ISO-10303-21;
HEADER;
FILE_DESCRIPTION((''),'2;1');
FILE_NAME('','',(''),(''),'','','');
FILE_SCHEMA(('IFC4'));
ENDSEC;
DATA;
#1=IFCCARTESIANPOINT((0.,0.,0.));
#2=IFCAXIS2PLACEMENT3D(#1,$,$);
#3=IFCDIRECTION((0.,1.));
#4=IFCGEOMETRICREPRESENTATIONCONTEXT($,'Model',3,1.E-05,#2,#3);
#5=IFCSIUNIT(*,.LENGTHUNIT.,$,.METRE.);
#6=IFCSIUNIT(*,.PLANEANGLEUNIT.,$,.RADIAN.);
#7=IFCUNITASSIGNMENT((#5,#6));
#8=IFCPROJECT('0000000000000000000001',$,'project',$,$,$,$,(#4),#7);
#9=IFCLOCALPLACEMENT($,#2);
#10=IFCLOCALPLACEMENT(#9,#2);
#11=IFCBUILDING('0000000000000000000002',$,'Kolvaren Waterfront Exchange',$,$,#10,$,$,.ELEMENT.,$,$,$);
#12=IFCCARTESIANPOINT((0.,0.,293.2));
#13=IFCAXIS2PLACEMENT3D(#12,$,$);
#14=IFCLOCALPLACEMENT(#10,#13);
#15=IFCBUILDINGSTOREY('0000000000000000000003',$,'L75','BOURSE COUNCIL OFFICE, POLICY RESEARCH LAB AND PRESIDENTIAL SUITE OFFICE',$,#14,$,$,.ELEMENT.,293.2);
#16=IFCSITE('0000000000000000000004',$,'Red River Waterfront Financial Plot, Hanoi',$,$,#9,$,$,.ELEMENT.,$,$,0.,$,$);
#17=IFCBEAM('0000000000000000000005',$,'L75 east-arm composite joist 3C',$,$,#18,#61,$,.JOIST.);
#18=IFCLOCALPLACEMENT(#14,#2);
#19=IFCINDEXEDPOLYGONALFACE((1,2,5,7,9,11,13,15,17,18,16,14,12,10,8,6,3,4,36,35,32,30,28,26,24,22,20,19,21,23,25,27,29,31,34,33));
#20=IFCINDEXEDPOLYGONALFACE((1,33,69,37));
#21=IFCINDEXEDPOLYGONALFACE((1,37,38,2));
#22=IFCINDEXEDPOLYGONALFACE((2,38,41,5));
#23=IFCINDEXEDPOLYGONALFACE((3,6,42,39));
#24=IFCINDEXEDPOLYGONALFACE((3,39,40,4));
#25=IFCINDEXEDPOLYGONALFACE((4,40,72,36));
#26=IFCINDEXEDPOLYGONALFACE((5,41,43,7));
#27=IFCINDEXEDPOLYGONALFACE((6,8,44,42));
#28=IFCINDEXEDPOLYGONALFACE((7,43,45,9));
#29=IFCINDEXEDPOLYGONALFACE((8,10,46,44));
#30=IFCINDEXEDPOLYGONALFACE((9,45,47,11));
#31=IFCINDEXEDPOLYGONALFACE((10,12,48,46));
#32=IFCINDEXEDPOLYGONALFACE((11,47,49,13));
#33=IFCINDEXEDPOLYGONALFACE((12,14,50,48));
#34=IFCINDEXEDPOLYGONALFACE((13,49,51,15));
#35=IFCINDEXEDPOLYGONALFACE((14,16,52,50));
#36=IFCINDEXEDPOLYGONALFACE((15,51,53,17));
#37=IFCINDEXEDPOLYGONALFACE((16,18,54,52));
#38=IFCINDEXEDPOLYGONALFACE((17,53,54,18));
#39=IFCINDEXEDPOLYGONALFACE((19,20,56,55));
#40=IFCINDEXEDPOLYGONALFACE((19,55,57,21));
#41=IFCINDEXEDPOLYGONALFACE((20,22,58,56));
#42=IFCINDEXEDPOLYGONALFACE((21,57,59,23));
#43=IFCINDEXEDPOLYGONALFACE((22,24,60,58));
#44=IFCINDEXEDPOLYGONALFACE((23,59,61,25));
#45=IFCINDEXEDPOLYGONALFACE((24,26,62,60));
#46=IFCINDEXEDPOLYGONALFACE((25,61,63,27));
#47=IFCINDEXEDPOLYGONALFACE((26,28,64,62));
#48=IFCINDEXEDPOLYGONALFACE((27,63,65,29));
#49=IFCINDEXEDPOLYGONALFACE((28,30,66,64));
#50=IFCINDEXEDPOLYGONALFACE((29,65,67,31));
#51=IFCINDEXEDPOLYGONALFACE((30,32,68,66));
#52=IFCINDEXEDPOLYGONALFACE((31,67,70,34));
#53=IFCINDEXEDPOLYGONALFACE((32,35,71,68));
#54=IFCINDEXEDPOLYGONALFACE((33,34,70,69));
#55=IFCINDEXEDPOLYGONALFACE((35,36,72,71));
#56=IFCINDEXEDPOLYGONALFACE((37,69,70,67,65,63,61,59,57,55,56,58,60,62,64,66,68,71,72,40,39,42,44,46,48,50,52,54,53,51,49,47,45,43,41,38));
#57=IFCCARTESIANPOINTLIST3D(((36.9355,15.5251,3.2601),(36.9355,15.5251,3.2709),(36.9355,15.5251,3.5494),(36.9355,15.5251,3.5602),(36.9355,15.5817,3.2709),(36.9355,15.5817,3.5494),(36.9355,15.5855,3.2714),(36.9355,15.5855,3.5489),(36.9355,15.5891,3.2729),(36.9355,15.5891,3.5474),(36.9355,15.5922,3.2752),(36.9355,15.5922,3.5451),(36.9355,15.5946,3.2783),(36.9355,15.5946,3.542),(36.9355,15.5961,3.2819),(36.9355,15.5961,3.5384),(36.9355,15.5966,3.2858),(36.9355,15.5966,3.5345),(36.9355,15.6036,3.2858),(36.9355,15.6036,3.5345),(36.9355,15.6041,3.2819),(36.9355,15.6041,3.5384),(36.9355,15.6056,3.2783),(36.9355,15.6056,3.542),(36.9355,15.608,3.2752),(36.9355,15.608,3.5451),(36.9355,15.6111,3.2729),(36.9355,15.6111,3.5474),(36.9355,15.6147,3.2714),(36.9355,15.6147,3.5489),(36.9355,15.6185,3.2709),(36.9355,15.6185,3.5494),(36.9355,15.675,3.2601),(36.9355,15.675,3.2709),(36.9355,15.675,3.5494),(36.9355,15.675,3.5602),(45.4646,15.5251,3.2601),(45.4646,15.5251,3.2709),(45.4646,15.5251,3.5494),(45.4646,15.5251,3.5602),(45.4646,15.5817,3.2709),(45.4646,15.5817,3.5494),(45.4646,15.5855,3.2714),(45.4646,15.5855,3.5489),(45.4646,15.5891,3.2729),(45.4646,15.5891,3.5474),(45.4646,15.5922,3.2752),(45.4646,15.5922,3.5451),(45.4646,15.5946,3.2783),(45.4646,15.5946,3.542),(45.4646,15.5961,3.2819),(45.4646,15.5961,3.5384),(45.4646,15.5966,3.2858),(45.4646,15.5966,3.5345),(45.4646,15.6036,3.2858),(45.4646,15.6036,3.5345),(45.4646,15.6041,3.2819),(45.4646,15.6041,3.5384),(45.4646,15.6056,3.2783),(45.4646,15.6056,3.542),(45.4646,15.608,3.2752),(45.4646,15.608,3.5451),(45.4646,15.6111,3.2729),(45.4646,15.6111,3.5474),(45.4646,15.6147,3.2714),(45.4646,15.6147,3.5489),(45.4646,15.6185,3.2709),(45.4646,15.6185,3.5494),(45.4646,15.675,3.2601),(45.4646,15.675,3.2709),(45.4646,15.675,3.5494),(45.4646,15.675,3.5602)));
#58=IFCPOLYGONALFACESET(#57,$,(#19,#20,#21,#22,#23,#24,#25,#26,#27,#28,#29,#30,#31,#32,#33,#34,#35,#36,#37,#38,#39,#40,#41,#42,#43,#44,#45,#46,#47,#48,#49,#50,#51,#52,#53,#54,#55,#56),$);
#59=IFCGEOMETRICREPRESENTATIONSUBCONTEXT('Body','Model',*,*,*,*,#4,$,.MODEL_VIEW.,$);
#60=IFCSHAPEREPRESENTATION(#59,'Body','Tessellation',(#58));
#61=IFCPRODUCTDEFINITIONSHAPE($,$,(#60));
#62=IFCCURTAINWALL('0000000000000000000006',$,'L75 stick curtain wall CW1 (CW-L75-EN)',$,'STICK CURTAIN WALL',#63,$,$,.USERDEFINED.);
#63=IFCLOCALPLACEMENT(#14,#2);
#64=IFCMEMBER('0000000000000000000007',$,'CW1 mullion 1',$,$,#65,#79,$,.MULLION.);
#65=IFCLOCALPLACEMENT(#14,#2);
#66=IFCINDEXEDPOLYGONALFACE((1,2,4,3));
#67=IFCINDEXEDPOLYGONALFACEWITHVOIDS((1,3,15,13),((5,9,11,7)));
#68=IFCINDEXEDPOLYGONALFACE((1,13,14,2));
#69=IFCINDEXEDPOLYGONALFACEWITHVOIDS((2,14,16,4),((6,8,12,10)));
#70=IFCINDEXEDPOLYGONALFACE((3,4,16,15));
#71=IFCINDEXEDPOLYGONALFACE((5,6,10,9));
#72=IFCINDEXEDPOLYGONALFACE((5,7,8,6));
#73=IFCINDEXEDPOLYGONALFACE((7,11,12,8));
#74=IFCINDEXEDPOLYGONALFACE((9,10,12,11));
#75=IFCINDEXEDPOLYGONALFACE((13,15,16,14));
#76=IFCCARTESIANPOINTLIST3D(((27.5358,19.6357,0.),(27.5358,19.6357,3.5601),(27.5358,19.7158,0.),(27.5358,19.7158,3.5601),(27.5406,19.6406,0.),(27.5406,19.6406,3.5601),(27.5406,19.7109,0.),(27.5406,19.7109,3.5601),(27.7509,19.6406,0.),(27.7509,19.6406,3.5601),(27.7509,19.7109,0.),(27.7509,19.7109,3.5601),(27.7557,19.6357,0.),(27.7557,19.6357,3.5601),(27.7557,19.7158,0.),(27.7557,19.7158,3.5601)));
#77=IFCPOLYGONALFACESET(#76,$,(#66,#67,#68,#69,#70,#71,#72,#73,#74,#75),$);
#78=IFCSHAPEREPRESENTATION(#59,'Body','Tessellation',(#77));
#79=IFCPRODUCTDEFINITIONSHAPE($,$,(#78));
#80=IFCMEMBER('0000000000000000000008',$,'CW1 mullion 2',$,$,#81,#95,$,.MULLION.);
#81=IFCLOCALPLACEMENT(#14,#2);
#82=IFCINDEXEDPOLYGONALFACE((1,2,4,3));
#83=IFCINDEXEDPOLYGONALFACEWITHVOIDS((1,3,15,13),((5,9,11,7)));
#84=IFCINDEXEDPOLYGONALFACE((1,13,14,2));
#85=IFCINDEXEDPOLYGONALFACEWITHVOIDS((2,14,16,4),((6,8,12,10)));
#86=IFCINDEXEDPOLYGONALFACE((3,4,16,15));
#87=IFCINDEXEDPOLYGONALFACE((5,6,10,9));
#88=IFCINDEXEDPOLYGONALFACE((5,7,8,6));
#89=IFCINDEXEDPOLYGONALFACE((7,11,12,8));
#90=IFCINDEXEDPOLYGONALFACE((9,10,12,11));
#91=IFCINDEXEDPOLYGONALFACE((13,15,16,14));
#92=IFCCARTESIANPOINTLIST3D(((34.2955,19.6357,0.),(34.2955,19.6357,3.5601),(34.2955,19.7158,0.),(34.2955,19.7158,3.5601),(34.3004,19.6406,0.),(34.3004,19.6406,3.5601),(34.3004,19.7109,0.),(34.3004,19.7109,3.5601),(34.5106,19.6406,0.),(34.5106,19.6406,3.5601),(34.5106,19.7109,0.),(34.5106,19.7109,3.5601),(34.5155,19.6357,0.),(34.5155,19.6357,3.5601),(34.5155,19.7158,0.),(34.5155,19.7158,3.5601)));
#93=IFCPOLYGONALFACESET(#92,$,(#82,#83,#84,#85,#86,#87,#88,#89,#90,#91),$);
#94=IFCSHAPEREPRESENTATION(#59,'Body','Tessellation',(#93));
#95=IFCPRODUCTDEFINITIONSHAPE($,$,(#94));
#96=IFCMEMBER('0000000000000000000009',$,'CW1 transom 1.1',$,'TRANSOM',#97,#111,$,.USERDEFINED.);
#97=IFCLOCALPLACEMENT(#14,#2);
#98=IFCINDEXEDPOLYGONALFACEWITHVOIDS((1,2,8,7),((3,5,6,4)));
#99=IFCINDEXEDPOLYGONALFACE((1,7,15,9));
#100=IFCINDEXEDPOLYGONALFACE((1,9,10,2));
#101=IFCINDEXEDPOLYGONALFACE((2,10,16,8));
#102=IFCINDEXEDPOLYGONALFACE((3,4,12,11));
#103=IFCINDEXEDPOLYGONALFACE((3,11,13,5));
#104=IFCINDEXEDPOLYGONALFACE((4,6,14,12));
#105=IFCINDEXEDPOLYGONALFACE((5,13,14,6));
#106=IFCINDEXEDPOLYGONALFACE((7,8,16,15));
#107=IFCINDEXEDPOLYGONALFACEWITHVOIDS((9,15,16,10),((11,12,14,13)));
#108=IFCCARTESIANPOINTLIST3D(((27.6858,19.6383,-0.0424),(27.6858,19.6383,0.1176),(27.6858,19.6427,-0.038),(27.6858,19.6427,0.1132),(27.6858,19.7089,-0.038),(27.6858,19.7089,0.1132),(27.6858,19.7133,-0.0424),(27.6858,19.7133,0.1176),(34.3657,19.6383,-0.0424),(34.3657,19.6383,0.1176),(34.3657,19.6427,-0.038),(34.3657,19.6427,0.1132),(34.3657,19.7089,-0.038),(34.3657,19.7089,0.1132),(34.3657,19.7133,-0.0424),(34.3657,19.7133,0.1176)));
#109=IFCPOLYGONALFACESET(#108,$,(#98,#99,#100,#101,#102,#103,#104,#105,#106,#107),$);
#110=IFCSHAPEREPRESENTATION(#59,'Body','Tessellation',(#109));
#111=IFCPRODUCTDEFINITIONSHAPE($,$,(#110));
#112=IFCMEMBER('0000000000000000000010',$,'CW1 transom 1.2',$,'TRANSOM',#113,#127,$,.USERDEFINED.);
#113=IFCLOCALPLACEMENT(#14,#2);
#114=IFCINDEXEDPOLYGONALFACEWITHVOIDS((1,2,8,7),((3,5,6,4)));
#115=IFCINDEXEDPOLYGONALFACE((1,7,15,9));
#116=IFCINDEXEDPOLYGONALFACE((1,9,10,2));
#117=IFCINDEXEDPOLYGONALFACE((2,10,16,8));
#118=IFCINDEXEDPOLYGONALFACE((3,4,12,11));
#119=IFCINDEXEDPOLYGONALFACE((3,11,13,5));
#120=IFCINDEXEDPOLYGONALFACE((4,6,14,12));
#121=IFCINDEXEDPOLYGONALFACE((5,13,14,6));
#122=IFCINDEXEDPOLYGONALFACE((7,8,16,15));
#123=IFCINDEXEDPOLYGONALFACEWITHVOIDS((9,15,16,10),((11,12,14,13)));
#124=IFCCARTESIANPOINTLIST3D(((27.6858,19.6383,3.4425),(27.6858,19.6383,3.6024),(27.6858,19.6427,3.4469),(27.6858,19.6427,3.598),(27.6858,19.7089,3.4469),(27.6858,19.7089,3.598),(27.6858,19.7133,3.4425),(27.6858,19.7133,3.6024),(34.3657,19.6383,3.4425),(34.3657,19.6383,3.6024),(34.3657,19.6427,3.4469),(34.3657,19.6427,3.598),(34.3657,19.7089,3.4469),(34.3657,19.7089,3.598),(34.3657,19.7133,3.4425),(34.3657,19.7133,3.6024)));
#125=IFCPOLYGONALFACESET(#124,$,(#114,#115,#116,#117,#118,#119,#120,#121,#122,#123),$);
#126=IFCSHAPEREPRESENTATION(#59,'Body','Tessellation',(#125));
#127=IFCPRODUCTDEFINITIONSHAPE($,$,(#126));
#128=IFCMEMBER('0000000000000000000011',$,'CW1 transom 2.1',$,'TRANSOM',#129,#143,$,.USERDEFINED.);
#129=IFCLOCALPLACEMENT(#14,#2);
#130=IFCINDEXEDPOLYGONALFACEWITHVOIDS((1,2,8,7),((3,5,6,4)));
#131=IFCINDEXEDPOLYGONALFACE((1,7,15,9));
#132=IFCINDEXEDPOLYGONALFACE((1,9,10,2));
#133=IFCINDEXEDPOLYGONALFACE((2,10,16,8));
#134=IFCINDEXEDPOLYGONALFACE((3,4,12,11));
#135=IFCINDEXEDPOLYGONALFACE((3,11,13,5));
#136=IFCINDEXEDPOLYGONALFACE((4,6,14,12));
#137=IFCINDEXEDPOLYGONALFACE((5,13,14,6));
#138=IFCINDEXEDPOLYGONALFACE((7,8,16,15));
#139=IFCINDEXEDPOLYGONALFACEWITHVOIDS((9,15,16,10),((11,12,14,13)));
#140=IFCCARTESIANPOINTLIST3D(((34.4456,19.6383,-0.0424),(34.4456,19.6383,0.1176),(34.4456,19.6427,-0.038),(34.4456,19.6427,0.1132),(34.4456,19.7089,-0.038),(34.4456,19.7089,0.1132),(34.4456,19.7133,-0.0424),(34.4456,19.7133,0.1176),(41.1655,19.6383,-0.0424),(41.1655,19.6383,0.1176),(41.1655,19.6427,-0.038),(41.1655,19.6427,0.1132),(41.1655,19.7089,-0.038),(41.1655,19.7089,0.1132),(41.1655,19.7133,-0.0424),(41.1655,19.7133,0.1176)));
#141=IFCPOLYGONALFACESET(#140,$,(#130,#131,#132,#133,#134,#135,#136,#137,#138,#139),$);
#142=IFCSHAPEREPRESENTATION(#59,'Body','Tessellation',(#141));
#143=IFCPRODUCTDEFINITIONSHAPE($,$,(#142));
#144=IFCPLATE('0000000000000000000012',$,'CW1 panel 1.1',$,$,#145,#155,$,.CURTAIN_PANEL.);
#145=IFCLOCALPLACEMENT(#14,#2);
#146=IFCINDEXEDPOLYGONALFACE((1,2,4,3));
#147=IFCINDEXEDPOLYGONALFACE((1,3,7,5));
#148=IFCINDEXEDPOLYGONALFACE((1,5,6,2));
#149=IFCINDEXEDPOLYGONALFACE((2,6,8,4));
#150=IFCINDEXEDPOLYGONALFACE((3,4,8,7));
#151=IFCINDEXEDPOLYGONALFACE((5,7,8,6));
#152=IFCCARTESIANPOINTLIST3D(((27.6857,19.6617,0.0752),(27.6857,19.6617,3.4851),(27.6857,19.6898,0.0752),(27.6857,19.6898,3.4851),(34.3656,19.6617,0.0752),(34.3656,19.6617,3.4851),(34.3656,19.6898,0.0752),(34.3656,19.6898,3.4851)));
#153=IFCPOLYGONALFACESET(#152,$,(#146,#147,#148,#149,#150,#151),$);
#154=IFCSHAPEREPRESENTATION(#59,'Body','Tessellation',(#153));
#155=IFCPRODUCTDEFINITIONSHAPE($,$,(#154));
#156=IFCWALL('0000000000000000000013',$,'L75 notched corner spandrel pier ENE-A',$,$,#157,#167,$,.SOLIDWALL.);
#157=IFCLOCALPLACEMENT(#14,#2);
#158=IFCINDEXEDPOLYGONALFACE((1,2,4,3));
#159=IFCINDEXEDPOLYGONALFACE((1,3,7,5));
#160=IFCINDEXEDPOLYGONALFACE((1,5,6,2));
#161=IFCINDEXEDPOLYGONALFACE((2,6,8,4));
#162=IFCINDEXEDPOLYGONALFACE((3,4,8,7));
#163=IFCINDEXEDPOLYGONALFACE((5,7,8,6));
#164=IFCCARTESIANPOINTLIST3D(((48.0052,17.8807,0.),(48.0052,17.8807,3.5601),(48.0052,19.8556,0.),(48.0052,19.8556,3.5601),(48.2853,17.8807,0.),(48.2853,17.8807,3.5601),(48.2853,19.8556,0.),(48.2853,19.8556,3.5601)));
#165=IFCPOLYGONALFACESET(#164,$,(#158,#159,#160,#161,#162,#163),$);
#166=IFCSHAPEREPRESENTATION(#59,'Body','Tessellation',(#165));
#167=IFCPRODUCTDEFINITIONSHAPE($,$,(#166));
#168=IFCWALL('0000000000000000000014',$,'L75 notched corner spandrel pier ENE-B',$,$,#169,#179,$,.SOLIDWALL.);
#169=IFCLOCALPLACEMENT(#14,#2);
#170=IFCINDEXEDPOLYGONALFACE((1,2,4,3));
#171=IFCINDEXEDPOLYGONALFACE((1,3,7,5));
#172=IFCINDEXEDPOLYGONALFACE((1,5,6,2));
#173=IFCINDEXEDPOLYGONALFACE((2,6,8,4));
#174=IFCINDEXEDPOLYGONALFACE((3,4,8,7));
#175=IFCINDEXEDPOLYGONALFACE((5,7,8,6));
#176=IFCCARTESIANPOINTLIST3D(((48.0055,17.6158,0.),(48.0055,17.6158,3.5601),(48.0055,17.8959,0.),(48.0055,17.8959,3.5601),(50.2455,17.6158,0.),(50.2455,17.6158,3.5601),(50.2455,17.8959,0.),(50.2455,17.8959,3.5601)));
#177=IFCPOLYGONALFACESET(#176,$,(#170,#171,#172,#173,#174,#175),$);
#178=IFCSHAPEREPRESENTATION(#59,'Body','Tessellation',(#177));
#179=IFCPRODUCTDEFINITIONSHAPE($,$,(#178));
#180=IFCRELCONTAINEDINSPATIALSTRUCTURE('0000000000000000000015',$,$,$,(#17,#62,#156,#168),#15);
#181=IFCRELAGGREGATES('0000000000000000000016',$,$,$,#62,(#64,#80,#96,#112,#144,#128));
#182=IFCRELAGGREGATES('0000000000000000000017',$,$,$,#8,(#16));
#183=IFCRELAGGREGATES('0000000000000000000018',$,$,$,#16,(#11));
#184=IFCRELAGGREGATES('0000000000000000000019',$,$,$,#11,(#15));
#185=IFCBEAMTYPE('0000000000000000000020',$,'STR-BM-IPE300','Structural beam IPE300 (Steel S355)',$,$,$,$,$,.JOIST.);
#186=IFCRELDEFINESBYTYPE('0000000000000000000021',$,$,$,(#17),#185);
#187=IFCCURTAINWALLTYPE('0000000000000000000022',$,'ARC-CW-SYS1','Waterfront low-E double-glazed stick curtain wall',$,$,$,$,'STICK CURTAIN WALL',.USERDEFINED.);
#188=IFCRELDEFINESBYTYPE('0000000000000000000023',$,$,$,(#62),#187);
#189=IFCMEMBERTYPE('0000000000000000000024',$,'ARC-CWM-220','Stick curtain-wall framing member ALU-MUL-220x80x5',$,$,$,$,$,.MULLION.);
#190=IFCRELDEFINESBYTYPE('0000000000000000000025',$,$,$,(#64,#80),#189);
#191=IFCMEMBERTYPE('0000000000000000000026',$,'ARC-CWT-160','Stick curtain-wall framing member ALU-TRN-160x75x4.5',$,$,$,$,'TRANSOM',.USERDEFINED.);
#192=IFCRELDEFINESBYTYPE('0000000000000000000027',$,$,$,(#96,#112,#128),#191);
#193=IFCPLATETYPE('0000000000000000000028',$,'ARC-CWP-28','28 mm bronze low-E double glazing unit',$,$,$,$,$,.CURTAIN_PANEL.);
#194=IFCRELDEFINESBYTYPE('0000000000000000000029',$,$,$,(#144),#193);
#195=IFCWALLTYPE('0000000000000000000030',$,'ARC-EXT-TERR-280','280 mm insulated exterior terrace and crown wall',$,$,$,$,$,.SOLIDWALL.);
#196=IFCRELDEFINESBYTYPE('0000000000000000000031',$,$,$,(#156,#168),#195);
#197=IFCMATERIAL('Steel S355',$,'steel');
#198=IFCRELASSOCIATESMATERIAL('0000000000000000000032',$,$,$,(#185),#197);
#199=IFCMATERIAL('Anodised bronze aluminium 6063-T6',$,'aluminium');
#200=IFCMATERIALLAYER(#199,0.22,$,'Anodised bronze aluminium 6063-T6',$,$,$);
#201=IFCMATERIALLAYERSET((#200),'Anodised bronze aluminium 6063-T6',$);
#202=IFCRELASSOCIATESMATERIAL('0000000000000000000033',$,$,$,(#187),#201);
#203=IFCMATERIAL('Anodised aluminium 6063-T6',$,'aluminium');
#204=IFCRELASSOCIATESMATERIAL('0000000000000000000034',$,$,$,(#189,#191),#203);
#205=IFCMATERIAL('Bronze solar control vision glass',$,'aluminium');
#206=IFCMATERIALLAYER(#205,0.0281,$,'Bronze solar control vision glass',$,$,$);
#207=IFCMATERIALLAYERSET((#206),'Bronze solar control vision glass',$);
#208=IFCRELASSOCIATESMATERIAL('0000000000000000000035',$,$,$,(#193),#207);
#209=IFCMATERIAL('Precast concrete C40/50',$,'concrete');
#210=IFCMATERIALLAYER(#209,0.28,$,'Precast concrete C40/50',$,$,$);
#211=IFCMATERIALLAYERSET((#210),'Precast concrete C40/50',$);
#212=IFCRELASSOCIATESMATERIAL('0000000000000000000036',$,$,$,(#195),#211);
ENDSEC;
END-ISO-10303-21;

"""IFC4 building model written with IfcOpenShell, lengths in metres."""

from ifc_helpers import new_model, si_unit, direction, frame, frame_2d, origin, origin_with_axes, origin_2d, place, context, subcontext, project, spatial, rectangle, hollow_rectangle, i_section, extrude, source, transform, mapped, material, layer, layer_set, material_profile, profile_set, type_object, element, aggregate, save


model = new_model("IFC4")

# Units and contexts
model_context = context("Model", 3, precision=1e-05, world=origin(), true_north=direction((0.0, 1.0)))
body_context = subcontext(model_context, "Body", "Model", "MODEL_VIEW")
ifc_project = project(units=[si_unit("LENGTHUNIT", "METRE"), si_unit("PLANEANGLEUNIT", "RADIAN")], contexts=[model_context])

# Site, building, storey
site_placement = place(None, origin())
site = spatial("IfcSite", under=ifc_project, at=site_placement, Name="Red River Waterfront Financial Plot, Hanoi", CompositionType="ELEMENT", RefElevation=0.0)
building_placement = place(site_placement, origin())
building = spatial("IfcBuilding", under=site, at=building_placement, Name="Kolvaren Waterfront Exchange", CompositionType="ELEMENT")
storey_placement = place(building_placement, frame((0.0, 0.0, 293.2)))
storey = spatial("IfcBuildingStorey", under=building, at=storey_placement, Name="L75", Description="BOURSE COUNCIL OFFICE, POLICY RESEARCH LAB AND PRESIDENTIAL SUITE OFFICE", CompositionType="ELEMENT", Elevation=293.2)

# Beam
ifc_material_1 = material(Name="Steel S355", Category="steel")
ifc_material_profile_1 = material_profile(ifc_material_1, i_section(OverallWidth=0.1499, OverallDepth=0.3, WebThickness=0.0071, FlangeThickness=0.0107, FilletRadius=0.0149, at=origin_2d()), Name="IPE300")
ifc_profile_set_1 = profile_set([ifc_material_profile_1], Name="Steel S355")
beam_type_1 = type_object("IfcBeamType", Name="STR-BM-IPE300", Description="Structural beam IPE300 (Steel S355)", PredefinedType="JOIST", material=ifc_profile_set_1)
for number, where, z_axis, x_axis, name in (
    (1, (36.9355, 15.6001, 3.4102), (1.0, 0.0, 0.0), (0.0, 1.0, 0.0), "L75 east-arm composite joist 3C"),
):
    element("IfcBeam", number, at=place(storey_placement, frame(where, z_axis=z_axis, x_axis=x_axis)), inside=storey, type_object=beam_type_1, Name=name, PredefinedType="JOIST", context=body_context, shape_type="SweptSolid", body=[
        extrude(i_section(OverallWidth=0.1499, OverallDepth=0.3, WebThickness=0.0071, FlangeThickness=0.0107, FilletRadius=0.0149, at=origin_2d()), origin(), (0.0, 0.0, 1.0), 8.5291),
    ])

# Curtain wall, members, plate
ifc_material_2 = material(Name="Anodised bronze aluminium 6063-T6", Category="aluminium")
ifc_layer_1 = layer(ifc_material_2, 0.22, Name="Anodised bronze aluminium 6063-T6")
ifc_layer_set_1 = layer_set([ifc_layer_1], Name="Anodised bronze aluminium 6063-T6")
curtain_wall_type = type_object("IfcCurtainWallType", Name="ARC-CW-SYS1", Description="Waterfront low-E double-glazed stick curtain wall", ElementType="STICK CURTAIN WALL", PredefinedType="USERDEFINED", material=ifc_layer_set_1)
curtain_wall_placement = place(storey_placement, origin())
curtain_wall = element("IfcCurtainWall", 2, at=curtain_wall_placement, inside=storey, type_object=curtain_wall_type, Name="L75 stick curtain wall CW1 (CW-L75-EN)", ObjectType="STICK CURTAIN WALL", PredefinedType="USERDEFINED")
ifc_material_3 = material(Name="Anodised aluminium 6063-T6", Category="aluminium")
ifc_material_profile_2 = material_profile(ifc_material_3, hollow_rectangle(XDim=0.0801, YDim=0.22, WallThickness=0.0049, at=origin_2d()), Name="ALU-MUL-220x80x5")
ifc_profile_set_2 = profile_set([ifc_material_profile_2], Name="Anodised aluminium 6063-T6")
member_type_1 = type_object("IfcMemberType", Name="ARC-CWM-220", Description="Stick curtain-wall framing member ALU-MUL-220x80x5", PredefinedType="MULLION", material=ifc_profile_set_2)
shared_shape_1 = source(origin_with_axes(), body_context, "Body", "SweptSolid", [
    extrude(hollow_rectangle(XDim=0.0801, YDim=0.22, WallThickness=0.0049, at=origin_2d()), origin(), (0.0, 0.0, 1.0), 3.5601),
])
member_1_placement = place(storey_placement, frame((27.6458, 19.6758, 0.0), z_axis=(0.0, 0.0, 1.0), x_axis=(0.0, 1.0, 0.0)))
member_1 = element("IfcMember", 3, at=member_1_placement, type_object=member_type_1, Name="CW1 mullion 1", PredefinedType="MULLION", context=body_context, shape_type="MappedRepresentation", body=[
    mapped(shared_shape_1, transform((0.0, 0.0, 0.0), x_axis=(1.0, 0.0, 0.0), y_axis=(0.0, 1.0, 0.0), z_axis=(0.0, 0.0, 1.0), scale=1.0)),
])
member_2_placement = place(storey_placement, frame((34.4055, 19.6758, 0.0), z_axis=(0.0, 0.0, 1.0), x_axis=(0.0, 1.0, 0.0)))
member_2 = element("IfcMember", 4, at=member_2_placement, type_object=member_type_1, Name="CW1 mullion 2", PredefinedType="MULLION", context=body_context, shape_type="MappedRepresentation", body=[
    mapped(shared_shape_1, transform((0.0, 0.0, 0.0), x_axis=(1.0, 0.0, 0.0), y_axis=(0.0, 1.0, 0.0), z_axis=(0.0, 0.0, 1.0), scale=1.0)),
])
ifc_material_profile_3 = material_profile(ifc_material_3, hollow_rectangle(XDim=0.075, YDim=0.1599, WallThickness=0.0044, at=origin_2d()), Name="ALU-TRN-160x75x4.5")
ifc_profile_set_3 = profile_set([ifc_material_profile_3], Name="Anodised aluminium 6063-T6")
member_type_2 = type_object("IfcMemberType", Name="ARC-CWT-160", Description="Stick curtain-wall framing member ALU-TRN-160x75x4.5", ElementType="TRANSOM", PredefinedType="USERDEFINED", material=ifc_profile_set_3)
shared_shape_2 = source(origin_with_axes(), body_context, "Body", "SweptSolid", [
    extrude(hollow_rectangle(XDim=0.075, YDim=0.1599, WallThickness=0.0044, at=origin_2d()), origin(), (0.0, 0.0, 1.0), 6.6799),
])
member_3_placement = place(storey_placement, frame((27.6858, 19.6758, 0.0376), z_axis=(1.0, 0.0, 0.0), x_axis=(0.0, 1.0, 0.0)))
member_3 = element("IfcMember", 5, at=member_3_placement, type_object=member_type_2, Name="CW1 transom 1.1", ObjectType="TRANSOM", PredefinedType="USERDEFINED", context=body_context, shape_type="MappedRepresentation", body=[
    mapped(shared_shape_2, transform((0.0, 0.0, 0.0), x_axis=(1.0, 0.0, 0.0), y_axis=(0.0, 1.0, 0.0), z_axis=(0.0, 0.0, 1.0), scale=1.0)),
])
member_4_placement = place(storey_placement, frame((27.6858, 19.6758, 3.5225), z_axis=(1.0, 0.0, 0.0), x_axis=(0.0, 1.0, 0.0)))
member_4 = element("IfcMember", 6, at=member_4_placement, type_object=member_type_2, Name="CW1 transom 1.2", ObjectType="TRANSOM", PredefinedType="USERDEFINED", context=body_context, shape_type="MappedRepresentation", body=[
    mapped(shared_shape_2, transform((0.0, 0.0, 0.0), x_axis=(1.0, 0.0, 0.0), y_axis=(0.0, 1.0, 0.0), z_axis=(0.0, 0.0, 1.0), scale=1.0)),
])
shared_shape_3 = source(origin_with_axes(), body_context, "Body", "SweptSolid", [
    extrude(hollow_rectangle(XDim=0.075, YDim=0.1599, WallThickness=0.0044, at=origin_2d()), origin(), (0.0, 0.0, 1.0), 6.72),
])
member_5_placement = place(storey_placement, frame((34.4456, 19.6758, 0.0376), z_axis=(1.0, 0.0, 0.0), x_axis=(0.0, 1.0, 0.0)))
member_5 = element("IfcMember", 7, at=member_5_placement, type_object=member_type_2, Name="CW1 transom 2.1", ObjectType="TRANSOM", PredefinedType="USERDEFINED", context=body_context, shape_type="MappedRepresentation", body=[
    mapped(shared_shape_3, transform((0.0, 0.0, 0.0), x_axis=(1.0, 0.0, 0.0), y_axis=(0.0, 1.0, 0.0), z_axis=(0.0, 0.0, 1.0), scale=1.0)),
])
ifc_material_4 = material(Name="Bronze solar control vision glass", Category="aluminium")
ifc_layer_2 = layer(ifc_material_4, 0.0281, Name="Bronze solar control vision glass")
ifc_layer_set_2 = layer_set([ifc_layer_2], Name="Bronze solar control vision glass")
plate_type = type_object("IfcPlateType", Name="ARC-CWP-28", Description="28 mm bronze low-E double glazing unit", PredefinedType="CURTAIN_PANEL", material=ifc_layer_set_2)
shared_shape_4 = source(origin_with_axes(), body_context, "Body", "SweptSolid", [
    extrude(rectangle(XDim=6.6799, YDim=0.0281, at=origin_2d()), origin(), (0.0, 0.0, 1.0), 3.4099),
])
plate_placement = place(storey_placement, frame((31.0256, 19.6758, 0.0752), z_axis=(0.0, 0.0, 1.0), x_axis=(1.0, 0.0, 0.0)))
plate = element("IfcPlate", 8, at=plate_placement, type_object=plate_type, Name="CW1 panel 1.1", PredefinedType="CURTAIN_PANEL", context=body_context, shape_type="MappedRepresentation", body=[
    mapped(shared_shape_4, transform((0.0, 0.0, 0.0), x_axis=(1.0, 0.0, 0.0), y_axis=(0.0, 1.0, 0.0), z_axis=(0.0, 0.0, 1.0), scale=1.0)),
])
aggregate(curtain_wall, [member_1, member_2, member_3, member_4, plate, member_5])

# Walls
ifc_material_5 = material(Name="Precast concrete C40/50", Category="concrete")
ifc_layer_3 = layer(ifc_material_5, 0.28, Name="Precast concrete C40/50")
ifc_layer_set_3 = layer_set([ifc_layer_3], Name="Precast concrete C40/50")
wall_type_1 = type_object("IfcWallType", Name="ARC-EXT-TERR-280", Description="280 mm insulated exterior terrace and crown wall", PredefinedType="SOLIDWALL", material=ifc_layer_set_3)
wall_1_placement = place(storey_placement, frame((48.1453, 17.8809, 0.0), z_axis=(0.0, 0.0, 1.0), x_axis=(0.0, 1.0, 0.0)))
element("IfcWall", 9, at=wall_1_placement, inside=storey, type_object=wall_type_1, Name="L75 notched corner spandrel pier ENE-A", PredefinedType="SOLIDWALL", context=body_context, shape_type="SweptSolid", body=[
    extrude(rectangle(XDim=1.9749, YDim=0.28, at=frame_2d((0.9873, 0.0))), origin(), (0.0, 0.0, 1.0), 3.5601),
])
wall_2_placement = place(storey_placement, frame((48.0054, 17.7559, 0.0), z_axis=(0.0, 0.0, 1.0), x_axis=(1.0, 0.0, 0.0)))
element("IfcWall", 10, at=wall_2_placement, inside=storey, type_object=wall_type_1, Name="L75 notched corner spandrel pier ENE-B", PredefinedType="SOLIDWALL", context=body_context, shape_type="SweptSolid", body=[
    extrude(rectangle(XDim=2.24, YDim=0.28, at=frame_2d((1.1201, 0.0))), origin(), (0.0, 0.0, 1.0), 3.5601),
])

save(model, "model.ifc")
